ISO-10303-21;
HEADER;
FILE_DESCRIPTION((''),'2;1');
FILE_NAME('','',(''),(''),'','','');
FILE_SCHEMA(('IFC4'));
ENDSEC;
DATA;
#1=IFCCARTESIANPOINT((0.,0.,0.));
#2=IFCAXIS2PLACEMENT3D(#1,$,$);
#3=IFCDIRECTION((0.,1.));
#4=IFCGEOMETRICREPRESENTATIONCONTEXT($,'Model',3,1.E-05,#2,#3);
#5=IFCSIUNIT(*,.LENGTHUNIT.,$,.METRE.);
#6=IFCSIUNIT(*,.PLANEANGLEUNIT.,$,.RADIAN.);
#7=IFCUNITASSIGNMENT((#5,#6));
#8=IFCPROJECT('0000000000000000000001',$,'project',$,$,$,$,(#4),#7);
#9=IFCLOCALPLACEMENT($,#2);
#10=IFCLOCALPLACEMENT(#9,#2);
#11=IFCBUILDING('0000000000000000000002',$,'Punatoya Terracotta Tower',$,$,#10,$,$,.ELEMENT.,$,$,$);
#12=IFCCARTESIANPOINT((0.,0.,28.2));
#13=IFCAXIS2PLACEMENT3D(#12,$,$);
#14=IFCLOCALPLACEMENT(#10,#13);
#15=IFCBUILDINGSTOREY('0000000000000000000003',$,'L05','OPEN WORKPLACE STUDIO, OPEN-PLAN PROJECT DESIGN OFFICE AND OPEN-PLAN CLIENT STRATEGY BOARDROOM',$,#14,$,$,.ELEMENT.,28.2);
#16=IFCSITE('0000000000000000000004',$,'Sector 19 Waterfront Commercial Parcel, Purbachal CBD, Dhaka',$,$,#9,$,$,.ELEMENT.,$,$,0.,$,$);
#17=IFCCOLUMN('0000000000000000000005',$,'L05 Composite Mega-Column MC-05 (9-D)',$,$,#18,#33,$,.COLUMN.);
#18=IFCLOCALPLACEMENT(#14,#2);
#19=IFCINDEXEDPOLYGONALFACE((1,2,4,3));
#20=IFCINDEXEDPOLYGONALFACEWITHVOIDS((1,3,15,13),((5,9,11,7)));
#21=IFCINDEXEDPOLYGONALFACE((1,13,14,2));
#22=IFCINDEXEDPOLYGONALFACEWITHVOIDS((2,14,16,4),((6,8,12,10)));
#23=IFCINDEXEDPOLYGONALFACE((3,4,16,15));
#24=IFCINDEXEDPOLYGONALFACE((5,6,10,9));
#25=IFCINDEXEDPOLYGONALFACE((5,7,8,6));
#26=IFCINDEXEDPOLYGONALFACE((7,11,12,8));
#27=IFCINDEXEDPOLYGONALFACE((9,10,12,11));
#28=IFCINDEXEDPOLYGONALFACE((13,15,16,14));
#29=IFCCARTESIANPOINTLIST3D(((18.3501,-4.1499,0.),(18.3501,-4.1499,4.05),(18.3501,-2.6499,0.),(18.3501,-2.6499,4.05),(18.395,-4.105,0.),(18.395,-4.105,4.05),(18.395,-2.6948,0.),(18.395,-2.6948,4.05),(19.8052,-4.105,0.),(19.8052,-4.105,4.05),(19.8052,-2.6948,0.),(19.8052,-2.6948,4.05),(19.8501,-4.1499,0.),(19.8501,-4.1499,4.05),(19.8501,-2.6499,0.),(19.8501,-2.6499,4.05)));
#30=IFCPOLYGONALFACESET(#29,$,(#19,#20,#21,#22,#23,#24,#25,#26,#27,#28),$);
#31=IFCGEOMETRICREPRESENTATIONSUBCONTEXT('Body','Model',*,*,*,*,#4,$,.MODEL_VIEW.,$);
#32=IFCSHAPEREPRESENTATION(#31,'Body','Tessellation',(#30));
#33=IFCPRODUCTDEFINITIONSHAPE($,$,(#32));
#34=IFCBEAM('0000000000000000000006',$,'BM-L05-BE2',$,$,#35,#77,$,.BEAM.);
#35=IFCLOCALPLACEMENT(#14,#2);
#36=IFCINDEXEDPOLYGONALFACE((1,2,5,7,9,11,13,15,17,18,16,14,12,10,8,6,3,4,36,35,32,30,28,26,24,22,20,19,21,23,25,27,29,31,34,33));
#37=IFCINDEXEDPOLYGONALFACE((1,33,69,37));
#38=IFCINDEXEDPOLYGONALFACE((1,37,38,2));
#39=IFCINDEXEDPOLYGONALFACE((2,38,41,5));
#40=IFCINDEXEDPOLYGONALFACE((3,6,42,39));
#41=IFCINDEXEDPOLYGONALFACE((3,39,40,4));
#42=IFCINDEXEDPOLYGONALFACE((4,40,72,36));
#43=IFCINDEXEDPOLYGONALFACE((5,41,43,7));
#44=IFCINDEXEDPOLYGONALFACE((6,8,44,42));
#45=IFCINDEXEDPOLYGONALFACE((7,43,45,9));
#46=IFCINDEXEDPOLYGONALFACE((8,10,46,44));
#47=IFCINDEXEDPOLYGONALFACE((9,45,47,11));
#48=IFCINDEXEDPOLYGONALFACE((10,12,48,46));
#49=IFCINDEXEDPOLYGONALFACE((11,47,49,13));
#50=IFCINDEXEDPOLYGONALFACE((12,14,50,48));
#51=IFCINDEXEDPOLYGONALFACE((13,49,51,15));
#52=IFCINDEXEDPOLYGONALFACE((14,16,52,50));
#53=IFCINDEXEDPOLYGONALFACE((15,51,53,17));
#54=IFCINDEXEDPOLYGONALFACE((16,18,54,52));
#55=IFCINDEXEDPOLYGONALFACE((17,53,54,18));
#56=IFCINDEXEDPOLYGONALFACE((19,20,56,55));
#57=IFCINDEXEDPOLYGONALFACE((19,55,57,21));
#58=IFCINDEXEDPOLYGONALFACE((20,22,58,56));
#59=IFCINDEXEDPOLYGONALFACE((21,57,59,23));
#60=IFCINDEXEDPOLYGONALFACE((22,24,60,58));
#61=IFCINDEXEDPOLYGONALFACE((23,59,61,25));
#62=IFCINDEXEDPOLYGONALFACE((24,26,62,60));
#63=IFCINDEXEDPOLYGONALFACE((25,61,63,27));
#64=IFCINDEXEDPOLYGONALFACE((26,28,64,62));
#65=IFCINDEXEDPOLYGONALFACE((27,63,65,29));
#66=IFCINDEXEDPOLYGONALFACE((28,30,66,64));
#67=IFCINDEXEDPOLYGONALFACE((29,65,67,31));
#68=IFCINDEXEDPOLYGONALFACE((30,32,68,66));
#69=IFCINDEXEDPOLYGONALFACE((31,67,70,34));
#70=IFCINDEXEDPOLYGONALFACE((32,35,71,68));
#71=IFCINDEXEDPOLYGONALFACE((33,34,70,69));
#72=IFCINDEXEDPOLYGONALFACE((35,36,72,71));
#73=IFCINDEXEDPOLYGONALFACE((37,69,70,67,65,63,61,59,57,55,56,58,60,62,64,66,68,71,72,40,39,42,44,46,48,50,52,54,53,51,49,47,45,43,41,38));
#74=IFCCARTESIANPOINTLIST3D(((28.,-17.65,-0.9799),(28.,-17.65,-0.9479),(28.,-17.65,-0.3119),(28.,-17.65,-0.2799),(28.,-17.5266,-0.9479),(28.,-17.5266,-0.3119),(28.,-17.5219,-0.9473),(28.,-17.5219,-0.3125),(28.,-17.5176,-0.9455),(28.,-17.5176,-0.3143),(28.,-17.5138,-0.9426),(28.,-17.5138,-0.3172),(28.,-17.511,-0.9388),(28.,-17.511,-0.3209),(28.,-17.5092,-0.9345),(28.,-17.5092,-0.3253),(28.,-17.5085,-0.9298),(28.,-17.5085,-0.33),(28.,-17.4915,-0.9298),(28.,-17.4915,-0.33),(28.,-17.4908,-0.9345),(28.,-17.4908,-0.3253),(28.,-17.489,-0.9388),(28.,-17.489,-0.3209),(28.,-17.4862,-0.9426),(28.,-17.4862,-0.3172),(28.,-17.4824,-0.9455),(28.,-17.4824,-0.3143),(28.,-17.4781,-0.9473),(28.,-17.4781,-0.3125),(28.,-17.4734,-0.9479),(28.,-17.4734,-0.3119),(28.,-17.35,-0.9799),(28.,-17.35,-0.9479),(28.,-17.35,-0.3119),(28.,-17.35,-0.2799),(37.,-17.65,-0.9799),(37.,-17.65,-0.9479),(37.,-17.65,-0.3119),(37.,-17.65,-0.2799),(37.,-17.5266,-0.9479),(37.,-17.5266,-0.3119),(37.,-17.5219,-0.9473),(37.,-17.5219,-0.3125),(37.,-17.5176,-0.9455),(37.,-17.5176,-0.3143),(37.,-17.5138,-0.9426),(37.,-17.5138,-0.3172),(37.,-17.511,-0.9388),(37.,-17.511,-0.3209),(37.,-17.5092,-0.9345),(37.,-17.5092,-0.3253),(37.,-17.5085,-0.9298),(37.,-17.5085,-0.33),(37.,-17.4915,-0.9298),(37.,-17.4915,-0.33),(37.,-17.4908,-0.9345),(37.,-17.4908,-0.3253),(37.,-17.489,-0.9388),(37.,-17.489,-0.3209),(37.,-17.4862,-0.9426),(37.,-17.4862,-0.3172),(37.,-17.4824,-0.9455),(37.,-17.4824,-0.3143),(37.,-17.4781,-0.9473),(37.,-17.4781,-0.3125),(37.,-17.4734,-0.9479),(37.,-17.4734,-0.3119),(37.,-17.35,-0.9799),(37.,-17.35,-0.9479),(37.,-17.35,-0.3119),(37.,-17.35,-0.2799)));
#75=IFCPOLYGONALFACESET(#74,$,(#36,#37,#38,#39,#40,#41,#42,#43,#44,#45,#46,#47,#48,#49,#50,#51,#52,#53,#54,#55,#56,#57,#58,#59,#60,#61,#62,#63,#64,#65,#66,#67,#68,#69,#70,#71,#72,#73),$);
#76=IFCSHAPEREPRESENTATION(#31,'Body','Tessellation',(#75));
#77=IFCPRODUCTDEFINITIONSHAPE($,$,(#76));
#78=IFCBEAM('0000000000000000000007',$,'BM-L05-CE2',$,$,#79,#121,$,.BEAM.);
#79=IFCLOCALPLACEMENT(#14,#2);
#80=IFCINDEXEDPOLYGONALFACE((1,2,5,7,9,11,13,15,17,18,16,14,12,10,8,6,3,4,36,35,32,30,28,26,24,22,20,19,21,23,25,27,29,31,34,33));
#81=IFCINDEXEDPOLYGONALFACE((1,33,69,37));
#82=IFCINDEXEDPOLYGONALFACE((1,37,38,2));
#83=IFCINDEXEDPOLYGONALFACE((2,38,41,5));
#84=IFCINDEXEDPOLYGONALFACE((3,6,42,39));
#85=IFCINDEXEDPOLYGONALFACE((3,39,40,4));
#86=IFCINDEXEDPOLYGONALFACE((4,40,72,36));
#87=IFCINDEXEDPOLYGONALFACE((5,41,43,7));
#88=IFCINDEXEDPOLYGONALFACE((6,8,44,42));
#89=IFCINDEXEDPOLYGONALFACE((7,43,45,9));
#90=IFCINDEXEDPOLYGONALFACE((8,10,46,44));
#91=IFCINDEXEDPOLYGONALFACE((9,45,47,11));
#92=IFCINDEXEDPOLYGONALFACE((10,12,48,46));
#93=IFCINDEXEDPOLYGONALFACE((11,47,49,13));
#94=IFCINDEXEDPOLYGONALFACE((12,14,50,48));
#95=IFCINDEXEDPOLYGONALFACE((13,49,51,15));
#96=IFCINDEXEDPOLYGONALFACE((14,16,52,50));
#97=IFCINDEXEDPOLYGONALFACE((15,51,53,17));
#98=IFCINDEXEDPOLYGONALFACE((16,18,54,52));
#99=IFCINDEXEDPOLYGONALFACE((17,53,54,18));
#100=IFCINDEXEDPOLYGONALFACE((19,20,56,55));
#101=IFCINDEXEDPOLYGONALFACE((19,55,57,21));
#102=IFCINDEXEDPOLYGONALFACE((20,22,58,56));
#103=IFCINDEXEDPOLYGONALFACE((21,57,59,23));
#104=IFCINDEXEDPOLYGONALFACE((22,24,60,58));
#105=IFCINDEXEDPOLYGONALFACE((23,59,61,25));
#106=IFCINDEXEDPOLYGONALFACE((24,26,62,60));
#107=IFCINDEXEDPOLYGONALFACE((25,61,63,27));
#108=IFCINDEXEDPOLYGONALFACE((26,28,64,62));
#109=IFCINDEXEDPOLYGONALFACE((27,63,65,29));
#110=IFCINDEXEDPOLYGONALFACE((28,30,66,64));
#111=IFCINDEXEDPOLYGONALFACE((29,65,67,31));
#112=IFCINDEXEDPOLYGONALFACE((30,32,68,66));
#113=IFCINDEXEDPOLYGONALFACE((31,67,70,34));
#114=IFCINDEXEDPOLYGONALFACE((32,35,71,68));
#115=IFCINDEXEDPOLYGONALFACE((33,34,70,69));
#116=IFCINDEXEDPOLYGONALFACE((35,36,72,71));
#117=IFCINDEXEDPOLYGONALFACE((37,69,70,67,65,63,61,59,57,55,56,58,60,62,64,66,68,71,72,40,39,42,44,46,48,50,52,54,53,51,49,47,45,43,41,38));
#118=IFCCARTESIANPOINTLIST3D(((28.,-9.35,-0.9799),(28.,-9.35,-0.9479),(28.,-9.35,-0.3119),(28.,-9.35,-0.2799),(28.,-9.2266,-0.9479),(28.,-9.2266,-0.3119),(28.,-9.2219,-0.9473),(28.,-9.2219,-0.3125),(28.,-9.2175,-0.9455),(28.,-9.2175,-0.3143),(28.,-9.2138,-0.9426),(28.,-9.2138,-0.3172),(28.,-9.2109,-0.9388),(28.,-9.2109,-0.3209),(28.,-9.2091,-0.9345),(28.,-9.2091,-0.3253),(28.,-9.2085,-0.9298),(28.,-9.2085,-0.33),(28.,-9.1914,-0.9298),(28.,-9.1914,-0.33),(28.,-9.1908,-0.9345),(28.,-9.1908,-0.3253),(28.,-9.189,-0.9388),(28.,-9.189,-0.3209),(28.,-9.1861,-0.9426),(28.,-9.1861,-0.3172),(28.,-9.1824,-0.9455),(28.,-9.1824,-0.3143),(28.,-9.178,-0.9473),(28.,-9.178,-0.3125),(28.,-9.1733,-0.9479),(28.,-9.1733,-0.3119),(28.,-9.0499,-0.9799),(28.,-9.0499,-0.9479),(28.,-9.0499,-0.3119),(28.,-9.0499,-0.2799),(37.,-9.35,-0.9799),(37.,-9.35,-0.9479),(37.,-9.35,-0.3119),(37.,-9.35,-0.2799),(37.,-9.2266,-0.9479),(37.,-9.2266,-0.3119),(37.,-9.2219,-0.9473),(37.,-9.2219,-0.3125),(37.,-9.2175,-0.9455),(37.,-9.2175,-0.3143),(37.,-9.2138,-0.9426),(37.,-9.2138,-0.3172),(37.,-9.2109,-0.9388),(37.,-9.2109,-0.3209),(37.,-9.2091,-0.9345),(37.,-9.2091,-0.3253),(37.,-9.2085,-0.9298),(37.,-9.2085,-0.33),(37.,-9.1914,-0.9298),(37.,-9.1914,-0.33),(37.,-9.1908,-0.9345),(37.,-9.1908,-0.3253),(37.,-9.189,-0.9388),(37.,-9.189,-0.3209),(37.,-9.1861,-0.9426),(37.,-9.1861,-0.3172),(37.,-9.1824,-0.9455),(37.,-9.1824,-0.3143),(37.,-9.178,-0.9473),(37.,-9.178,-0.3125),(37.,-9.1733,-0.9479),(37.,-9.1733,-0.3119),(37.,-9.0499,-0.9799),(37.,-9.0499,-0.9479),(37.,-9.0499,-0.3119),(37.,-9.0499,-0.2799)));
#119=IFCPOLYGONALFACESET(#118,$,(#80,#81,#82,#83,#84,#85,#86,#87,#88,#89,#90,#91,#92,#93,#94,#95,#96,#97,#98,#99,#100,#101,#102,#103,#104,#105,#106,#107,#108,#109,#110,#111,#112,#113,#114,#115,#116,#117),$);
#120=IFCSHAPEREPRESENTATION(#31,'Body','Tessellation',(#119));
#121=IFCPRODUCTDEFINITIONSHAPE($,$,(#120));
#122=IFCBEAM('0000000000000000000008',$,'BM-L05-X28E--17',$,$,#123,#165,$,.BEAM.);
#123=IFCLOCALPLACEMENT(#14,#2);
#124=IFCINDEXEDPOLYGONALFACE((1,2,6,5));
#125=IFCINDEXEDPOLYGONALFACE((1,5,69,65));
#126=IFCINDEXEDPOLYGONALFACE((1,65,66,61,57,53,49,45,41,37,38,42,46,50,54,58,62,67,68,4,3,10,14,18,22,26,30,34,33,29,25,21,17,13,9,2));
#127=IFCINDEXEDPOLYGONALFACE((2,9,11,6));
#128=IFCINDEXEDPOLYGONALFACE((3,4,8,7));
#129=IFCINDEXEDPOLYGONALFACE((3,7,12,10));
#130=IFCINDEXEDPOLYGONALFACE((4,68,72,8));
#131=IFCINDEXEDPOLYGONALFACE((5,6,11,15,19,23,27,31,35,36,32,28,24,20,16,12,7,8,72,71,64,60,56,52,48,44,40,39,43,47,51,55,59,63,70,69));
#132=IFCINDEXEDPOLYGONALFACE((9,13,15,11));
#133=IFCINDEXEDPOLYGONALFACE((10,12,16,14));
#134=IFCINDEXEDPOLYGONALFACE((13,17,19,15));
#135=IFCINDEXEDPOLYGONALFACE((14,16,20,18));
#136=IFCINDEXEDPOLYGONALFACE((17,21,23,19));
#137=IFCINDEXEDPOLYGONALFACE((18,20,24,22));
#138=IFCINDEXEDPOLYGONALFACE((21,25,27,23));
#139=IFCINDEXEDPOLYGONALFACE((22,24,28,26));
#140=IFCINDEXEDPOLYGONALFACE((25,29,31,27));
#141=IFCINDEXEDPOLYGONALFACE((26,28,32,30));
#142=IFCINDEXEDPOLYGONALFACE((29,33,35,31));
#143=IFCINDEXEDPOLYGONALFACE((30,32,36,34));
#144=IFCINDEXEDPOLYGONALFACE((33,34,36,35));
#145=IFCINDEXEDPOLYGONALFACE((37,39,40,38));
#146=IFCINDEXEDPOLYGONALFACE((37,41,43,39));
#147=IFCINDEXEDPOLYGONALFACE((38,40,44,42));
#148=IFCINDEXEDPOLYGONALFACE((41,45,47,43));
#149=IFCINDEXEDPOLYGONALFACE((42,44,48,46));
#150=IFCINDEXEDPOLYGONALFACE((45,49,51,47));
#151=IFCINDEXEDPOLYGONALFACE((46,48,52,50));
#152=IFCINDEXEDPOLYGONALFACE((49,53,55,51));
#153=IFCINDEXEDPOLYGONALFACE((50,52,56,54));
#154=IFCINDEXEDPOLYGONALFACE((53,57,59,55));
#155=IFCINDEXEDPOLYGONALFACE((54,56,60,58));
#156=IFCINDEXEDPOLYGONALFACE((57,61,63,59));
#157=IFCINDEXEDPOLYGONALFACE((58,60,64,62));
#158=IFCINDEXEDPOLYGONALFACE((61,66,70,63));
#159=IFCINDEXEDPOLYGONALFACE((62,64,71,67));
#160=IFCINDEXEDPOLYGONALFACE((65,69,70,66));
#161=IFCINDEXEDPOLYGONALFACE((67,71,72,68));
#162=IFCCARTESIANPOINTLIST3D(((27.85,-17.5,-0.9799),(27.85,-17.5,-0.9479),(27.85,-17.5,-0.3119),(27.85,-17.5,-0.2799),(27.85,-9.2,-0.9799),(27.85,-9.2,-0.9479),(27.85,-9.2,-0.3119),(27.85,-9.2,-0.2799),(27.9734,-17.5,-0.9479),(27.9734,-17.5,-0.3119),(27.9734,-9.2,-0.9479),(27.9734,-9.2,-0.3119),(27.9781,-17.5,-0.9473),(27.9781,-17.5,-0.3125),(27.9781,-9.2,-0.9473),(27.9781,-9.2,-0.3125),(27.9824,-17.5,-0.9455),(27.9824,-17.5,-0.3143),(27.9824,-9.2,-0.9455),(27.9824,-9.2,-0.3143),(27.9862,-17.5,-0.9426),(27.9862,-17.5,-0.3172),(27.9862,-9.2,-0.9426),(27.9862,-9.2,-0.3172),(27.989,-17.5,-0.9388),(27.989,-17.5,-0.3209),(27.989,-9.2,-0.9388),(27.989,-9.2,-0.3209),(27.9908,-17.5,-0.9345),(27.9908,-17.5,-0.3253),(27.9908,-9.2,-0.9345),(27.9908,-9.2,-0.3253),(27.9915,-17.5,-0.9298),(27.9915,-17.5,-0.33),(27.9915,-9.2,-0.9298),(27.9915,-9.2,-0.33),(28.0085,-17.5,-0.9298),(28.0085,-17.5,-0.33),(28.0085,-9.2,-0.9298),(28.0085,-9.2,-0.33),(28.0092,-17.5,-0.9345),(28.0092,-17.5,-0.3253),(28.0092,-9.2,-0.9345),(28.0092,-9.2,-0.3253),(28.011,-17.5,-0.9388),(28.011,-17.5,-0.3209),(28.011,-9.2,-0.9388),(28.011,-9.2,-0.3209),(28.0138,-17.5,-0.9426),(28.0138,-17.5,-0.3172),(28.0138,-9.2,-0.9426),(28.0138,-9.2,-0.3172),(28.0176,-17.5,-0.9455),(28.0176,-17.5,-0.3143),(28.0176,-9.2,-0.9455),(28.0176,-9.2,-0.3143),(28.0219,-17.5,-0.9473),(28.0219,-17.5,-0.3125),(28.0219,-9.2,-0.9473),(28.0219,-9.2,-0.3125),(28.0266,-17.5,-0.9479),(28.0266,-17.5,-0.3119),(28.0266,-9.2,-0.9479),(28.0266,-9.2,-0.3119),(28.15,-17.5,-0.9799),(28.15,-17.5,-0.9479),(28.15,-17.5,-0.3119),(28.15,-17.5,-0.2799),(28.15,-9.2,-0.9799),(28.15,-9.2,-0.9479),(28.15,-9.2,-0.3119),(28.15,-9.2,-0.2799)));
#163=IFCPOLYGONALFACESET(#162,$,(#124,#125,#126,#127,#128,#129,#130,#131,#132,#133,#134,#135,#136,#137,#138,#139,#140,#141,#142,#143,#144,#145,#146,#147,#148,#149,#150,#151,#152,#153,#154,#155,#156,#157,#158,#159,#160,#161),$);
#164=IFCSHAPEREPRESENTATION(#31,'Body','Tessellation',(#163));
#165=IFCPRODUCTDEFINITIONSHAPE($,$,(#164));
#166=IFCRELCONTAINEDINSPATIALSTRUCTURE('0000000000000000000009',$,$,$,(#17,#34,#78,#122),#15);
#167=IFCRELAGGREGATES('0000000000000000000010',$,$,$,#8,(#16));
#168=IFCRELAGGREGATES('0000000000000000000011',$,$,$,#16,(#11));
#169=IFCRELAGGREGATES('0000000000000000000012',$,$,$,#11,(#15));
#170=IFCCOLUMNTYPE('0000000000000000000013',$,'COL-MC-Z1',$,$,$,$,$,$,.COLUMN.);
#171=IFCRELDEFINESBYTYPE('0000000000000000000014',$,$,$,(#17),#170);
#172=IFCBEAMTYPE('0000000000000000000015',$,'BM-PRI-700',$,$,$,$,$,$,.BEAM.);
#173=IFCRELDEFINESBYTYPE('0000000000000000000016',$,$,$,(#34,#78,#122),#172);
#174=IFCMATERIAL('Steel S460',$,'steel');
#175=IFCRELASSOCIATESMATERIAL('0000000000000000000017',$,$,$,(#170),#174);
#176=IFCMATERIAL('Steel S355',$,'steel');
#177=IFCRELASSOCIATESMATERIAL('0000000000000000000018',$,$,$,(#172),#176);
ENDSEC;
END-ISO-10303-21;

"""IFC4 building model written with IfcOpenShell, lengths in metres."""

from ifc_helpers import new_model, si_unit, direction, frame, origin, origin_2d, place, context, subcontext, project, spatial, hollow_rectangle, i_section, extrude, material, material_profile, profile_set, type_object, element, save


model = new_model("IFC4")

# Units and contexts
model_context = context("Model", 3, precision=1e-05, world=origin(), true_north=direction((0.0, 1.0)))
body_context = subcontext(model_context, "Body", "Model", "MODEL_VIEW")
ifc_project = project(units=[si_unit("LENGTHUNIT", "METRE"), si_unit("PLANEANGLEUNIT", "RADIAN")], contexts=[model_context])

# Site, building, storey
site_placement = place(None, origin())
site = spatial("IfcSite", under=ifc_project, at=site_placement, Name="Sector 19 Waterfront Commercial Parcel, Purbachal CBD, Dhaka", CompositionType="ELEMENT", RefElevation=0.0)
building_placement = place(site_placement, origin())
building = spatial("IfcBuilding", under=site, at=building_placement, Name="Punatoya Terracotta Tower", CompositionType="ELEMENT")
storey_placement = place(building_placement, frame((0.0, 0.0, 28.2)))
storey = spatial("IfcBuildingStorey", under=building, at=storey_placement, Name="L05", Description="OPEN WORKPLACE STUDIO, OPEN-PLAN PROJECT DESIGN OFFICE AND OPEN-PLAN CLIENT STRATEGY BOARDROOM", CompositionType="ELEMENT", Elevation=28.2)

# Column
ifc_material_1 = material(Name="Steel S460", Category="steel")
ifc_material_profile_1 = material_profile(ifc_material_1, hollow_rectangle(XDim=1.5, YDim=1.5, WallThickness=0.0449, at=origin_2d()))
ifc_profile_set_1 = profile_set([ifc_material_profile_1], Name="Steel S460")
column_type = type_object("IfcColumnType", Name="COL-MC-Z1", PredefinedType="COLUMN", material=ifc_profile_set_1)
column_placement = place(storey_placement, frame((19.1001, -3.3999, 0.0), z_axis=(0.0, 0.0, 1.0), x_axis=(1.0, 0.0, 0.0)))
element("IfcColumn", 1, at=column_placement, inside=storey, type_object=column_type, Name="L05 Composite Mega-Column MC-05 (9-D)", PredefinedType="COLUMN", context=body_context, shape_type="SweptSolid", body=[
    extrude(hollow_rectangle(XDim=1.5, YDim=1.5, WallThickness=0.0449, at=origin_2d()), origin(), (0.0, 0.0, 1.0), 4.05),
])

# Beams
ifc_material_2 = material(Name="Steel S355", Category="steel")
ifc_material_profile_2 = material_profile(ifc_material_2, i_section(OverallWidth=0.3, OverallDepth=0.7, WebThickness=0.0171, FlangeThickness=0.032, FilletRadius=0.0181, at=origin_2d()))
ifc_profile_set_2 = profile_set([ifc_material_profile_2], Name="Steel S355")
beam_type_1 = type_object("IfcBeamType", Name="BM-PRI-700", PredefinedType="BEAM", material=ifc_profile_set_2)
for number, where, z_axis, x_axis, name in (
    (2, (28.0, -17.5, -0.6299), (1.0, 0.0, 0.0), (0.0, 1.0, 0.0), "BM-L05-BE2"),
    (3, (28.0, -9.2, -0.6299), (1.0, 0.0, 0.0), (0.0, 1.0, 0.0), "BM-L05-CE2"),
):
    element("IfcBeam", number, at=place(storey_placement, frame(where, z_axis=z_axis, x_axis=x_axis)), inside=storey, type_object=beam_type_1, Name=name, PredefinedType="BEAM", context=body_context, shape_type="SweptSolid", body=[
        extrude(i_section(OverallWidth=0.3, OverallDepth=0.7, WebThickness=0.0171, FlangeThickness=0.032, FilletRadius=0.0181, at=origin_2d()), origin(), (0.0, 0.0, 1.0), 9.0),
    ])
beam_1_placement = place(storey_placement, frame((28.0, -17.5, -0.6299), z_axis=(0.0, 1.0, 0.0), x_axis=(-1.0, 0.0, 0.0)))
element("IfcBeam", 4, at=beam_1_placement, inside=storey, type_object=beam_type_1, Name="BM-L05-X28E--17", PredefinedType="BEAM", context=body_context, shape_type="SweptSolid", body=[
    extrude(i_section(OverallWidth=0.3, OverallDepth=0.7, WebThickness=0.0171, FlangeThickness=0.032, FilletRadius=0.0181, at=origin_2d()), origin(), (0.0, 0.0, 1.0), 8.3),
])

save(model, "model.ifc")
